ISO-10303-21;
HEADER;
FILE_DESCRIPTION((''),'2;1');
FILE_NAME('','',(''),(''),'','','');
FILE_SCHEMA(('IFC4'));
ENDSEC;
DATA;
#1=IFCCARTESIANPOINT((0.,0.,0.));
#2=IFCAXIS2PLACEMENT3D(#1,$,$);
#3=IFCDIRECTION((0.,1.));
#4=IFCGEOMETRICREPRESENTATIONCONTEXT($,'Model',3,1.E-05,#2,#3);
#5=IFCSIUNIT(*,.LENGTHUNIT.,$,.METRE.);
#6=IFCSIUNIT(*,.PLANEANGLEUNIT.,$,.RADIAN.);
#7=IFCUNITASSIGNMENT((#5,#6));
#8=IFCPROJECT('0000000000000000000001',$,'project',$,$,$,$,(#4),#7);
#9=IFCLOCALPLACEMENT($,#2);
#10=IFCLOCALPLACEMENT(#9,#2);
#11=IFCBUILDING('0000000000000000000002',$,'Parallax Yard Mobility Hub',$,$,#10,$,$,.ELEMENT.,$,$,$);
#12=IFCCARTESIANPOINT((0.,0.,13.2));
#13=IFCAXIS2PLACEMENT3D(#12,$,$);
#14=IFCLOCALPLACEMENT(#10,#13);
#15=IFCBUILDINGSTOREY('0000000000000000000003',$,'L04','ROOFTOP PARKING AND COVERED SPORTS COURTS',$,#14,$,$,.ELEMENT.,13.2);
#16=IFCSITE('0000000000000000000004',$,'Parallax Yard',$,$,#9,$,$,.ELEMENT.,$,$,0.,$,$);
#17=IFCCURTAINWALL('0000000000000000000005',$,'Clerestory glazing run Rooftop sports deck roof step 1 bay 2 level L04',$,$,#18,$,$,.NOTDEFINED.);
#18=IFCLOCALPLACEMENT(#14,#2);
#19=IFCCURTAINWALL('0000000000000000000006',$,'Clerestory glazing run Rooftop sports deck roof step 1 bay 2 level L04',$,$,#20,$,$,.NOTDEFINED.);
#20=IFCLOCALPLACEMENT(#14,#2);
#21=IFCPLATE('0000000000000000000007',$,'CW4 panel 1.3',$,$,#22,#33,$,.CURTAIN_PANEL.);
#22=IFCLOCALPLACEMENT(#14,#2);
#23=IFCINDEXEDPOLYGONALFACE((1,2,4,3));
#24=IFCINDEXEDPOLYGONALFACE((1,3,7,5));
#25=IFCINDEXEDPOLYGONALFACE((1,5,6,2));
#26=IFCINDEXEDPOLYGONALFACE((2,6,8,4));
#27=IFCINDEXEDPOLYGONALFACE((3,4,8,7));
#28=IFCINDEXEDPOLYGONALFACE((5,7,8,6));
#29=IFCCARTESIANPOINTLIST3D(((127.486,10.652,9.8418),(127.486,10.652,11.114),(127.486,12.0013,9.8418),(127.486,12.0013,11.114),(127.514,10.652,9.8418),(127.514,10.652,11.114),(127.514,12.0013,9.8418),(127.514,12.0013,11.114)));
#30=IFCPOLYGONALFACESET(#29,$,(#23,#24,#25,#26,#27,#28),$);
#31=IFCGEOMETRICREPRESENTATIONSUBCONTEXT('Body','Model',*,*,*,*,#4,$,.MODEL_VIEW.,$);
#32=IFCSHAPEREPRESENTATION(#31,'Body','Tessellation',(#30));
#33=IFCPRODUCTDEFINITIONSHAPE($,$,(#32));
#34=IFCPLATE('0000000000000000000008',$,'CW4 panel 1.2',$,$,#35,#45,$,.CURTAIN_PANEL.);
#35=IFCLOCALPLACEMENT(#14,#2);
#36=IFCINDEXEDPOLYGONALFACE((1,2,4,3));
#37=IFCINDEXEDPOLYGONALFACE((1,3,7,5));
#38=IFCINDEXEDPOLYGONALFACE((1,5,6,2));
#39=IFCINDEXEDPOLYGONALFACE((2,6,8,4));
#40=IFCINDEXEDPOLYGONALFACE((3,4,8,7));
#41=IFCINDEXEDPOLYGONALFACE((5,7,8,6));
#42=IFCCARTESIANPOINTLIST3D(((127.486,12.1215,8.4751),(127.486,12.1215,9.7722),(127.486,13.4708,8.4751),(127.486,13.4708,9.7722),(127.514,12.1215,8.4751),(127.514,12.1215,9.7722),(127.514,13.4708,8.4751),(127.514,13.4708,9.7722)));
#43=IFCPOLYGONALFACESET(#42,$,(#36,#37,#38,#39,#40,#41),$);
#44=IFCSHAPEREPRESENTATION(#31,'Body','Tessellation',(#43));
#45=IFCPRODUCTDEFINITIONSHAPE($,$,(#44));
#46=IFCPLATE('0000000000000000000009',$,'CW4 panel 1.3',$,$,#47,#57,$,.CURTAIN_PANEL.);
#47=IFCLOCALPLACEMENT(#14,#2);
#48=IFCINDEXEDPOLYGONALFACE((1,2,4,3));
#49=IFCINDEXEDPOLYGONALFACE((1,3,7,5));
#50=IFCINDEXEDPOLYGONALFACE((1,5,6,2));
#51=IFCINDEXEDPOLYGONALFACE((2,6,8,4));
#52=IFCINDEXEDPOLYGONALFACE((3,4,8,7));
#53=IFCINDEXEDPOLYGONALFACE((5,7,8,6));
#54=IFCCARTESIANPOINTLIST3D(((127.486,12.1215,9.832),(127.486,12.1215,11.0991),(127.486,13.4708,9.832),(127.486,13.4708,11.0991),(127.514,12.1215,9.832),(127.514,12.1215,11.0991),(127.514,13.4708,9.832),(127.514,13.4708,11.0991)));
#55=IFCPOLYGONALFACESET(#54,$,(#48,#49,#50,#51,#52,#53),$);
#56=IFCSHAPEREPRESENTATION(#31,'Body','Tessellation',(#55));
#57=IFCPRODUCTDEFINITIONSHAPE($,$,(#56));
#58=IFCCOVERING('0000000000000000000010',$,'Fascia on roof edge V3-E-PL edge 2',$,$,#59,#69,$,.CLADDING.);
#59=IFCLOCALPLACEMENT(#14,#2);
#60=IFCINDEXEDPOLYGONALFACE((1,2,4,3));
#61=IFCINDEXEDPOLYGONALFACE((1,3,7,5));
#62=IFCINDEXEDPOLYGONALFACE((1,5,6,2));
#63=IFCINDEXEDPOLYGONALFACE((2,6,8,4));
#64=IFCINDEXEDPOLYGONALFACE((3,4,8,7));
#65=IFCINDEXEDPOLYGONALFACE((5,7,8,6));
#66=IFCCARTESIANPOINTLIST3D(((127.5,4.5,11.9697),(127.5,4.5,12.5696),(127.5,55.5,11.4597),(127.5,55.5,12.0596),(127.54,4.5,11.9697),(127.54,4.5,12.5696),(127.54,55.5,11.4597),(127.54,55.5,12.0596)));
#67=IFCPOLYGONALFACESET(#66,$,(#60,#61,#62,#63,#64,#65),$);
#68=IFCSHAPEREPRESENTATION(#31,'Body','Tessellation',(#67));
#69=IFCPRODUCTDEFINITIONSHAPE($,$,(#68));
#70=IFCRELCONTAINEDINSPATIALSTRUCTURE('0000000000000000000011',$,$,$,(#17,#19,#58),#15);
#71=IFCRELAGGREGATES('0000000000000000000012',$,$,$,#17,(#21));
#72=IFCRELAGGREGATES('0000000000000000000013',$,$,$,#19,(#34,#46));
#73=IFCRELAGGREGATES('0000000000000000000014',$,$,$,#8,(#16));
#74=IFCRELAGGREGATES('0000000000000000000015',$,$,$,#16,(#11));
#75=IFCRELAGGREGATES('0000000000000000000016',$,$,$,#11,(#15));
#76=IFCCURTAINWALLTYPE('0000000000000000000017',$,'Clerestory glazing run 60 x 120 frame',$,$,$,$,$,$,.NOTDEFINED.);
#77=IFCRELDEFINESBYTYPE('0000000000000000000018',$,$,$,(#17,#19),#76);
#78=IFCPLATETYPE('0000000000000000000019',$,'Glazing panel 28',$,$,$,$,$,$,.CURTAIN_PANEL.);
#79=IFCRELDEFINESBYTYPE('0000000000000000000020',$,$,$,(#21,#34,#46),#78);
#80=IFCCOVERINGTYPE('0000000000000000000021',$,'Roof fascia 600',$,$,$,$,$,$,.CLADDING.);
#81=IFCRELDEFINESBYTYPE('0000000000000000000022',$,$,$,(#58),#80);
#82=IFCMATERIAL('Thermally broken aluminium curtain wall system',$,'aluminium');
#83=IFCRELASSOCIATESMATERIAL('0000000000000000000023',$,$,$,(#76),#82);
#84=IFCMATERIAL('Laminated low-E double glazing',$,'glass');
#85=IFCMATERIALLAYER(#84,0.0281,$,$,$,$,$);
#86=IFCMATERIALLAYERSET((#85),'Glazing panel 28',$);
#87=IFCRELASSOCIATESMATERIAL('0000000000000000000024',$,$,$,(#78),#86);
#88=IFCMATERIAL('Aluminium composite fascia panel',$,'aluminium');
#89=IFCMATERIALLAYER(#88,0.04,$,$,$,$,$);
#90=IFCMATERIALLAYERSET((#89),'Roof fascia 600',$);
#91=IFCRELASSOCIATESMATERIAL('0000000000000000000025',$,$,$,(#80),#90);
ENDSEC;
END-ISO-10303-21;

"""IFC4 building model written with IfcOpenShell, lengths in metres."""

from ifc_helpers import new_model, si_unit, direction, frame, origin, origin_2d, place, context, subcontext, project, spatial, polyline, rectangle, outline, extrude, material, layer, layer_set, type_object, element, aggregate, save


model = new_model("IFC4")

# Units and contexts
model_context = context("Model", 3, precision=1e-05, world=origin(), true_north=direction((0.0, 1.0)))
body_context = subcontext(model_context, "Body", "Model", "MODEL_VIEW")
ifc_project = project(units=[si_unit("LENGTHUNIT", "METRE"), si_unit("PLANEANGLEUNIT", "RADIAN")], contexts=[model_context])

# Site, building, storey
site_placement = place(None, origin())
site = spatial("IfcSite", under=ifc_project, at=site_placement, Name="Parallax Yard", CompositionType="ELEMENT", RefElevation=0.0)
building_placement = place(site_placement, origin())
building = spatial("IfcBuilding", under=site, at=building_placement, Name="Parallax Yard Mobility Hub", CompositionType="ELEMENT")
storey_placement = place(building_placement, frame((0.0, 0.0, 13.2)))
storey = spatial("IfcBuildingStorey", under=building, at=storey_placement, Name="L04", Description="ROOFTOP PARKING AND COVERED SPORTS COURTS", CompositionType="ELEMENT", Elevation=13.2)

# Shared definitions
ifc_material_1 = material(Name="Thermally broken aluminium curtain wall system", Category="aluminium")
curtain_wall_type = type_object("IfcCurtainWallType", Name="Clerestory glazing run 60 x 120 frame", PredefinedType="NOTDEFINED", material=ifc_material_1)

# Curtain walls
curtain_wall_1_placement = place(storey_placement, origin())
curtain_wall_1 = element("IfcCurtainWall", 1, at=curtain_wall_1_placement, inside=storey, type_object=curtain_wall_type, Name="Clerestory glazing run Rooftop sports deck roof step 1 bay 2 level L04", PredefinedType="NOTDEFINED")
curtain_wall_2_placement = place(storey_placement, origin())
curtain_wall_2 = element("IfcCurtainWall", 2, at=curtain_wall_2_placement, inside=storey, type_object=curtain_wall_type, Name="Clerestory glazing run Rooftop sports deck roof step 1 bay 2 level L04", PredefinedType="NOTDEFINED")

# Plates
ifc_material_2 = material(Name="Laminated low-E double glazing", Category="glass")
ifc_layer_1 = layer(ifc_material_2, 0.0281)
ifc_layer_set_1 = layer_set([ifc_layer_1], Name="Glazing panel 28")
plate_type = type_object("IfcPlateType", Name="Glazing panel 28", PredefinedType="CURTAIN_PANEL", material=ifc_layer_set_1)
plate_1_placement = place(storey_placement, frame((127.5, 11.3267, 9.8418), z_axis=(0.0, 0.0, 1.0), x_axis=(0.0, 1.0, 0.0)))
plate_1 = element("IfcPlate", 3, at=plate_1_placement, type_object=plate_type, Name="CW4 panel 1.3", PredefinedType="CURTAIN_PANEL", context=body_context, shape_type="SweptSolid", body=[
    extrude(rectangle(XDim=1.3494, YDim=0.0281, at=origin_2d()), origin(), (0.0, 0.0, 1.0), 1.2722),
])
aggregate(curtain_wall_1, [plate_1])
plate_2_placement = place(storey_placement, frame((127.5, 12.7961, 8.4751), z_axis=(0.0, 0.0, 1.0), x_axis=(0.0, 1.0, 0.0)))
plate_2 = element("IfcPlate", 4, at=plate_2_placement, type_object=plate_type, Name="CW4 panel 1.2", PredefinedType="CURTAIN_PANEL", context=body_context, shape_type="SweptSolid", body=[
    extrude(rectangle(XDim=1.3494, YDim=0.0281, at=origin_2d()), origin(), (0.0, 0.0, 1.0), 1.2971),
])
plate_3_placement = place(storey_placement, frame((127.5, 12.7961, 9.832), z_axis=(0.0, 0.0, 1.0), x_axis=(0.0, 1.0, 0.0)))
plate_3 = element("IfcPlate", 5, at=plate_3_placement, type_object=plate_type, Name="CW4 panel 1.3", PredefinedType="CURTAIN_PANEL", context=body_context, shape_type="SweptSolid", body=[
    extrude(rectangle(XDim=1.3494, YDim=0.0281, at=origin_2d()), origin(), (0.0, 0.0, 1.0), 1.2671),
])
aggregate(curtain_wall_2, [plate_2, plate_3])

# Covering
ifc_material_3 = material(Name="Aluminium composite fascia panel", Category="aluminium")
ifc_layer_2 = layer(ifc_material_3, 0.04)
ifc_layer_set_2 = layer_set([ifc_layer_2], Name="Roof fascia 600")
covering_type = type_object("IfcCoveringType", Name="Roof fascia 600", PredefinedType="CLADDING", material=ifc_layer_set_2)
covering_placement = place(storey_placement, frame((127.5, 4.5, 12.5696), z_axis=(-1.0, 0.0, 0.0), x_axis=(0.0, 0.99995, -0.01)))
element("IfcCovering", 6, at=covering_placement, inside=storey, type_object=covering_type, Name="Fascia on roof edge V3-E-PL edge 2", PredefinedType="CLADDING", context=body_context, shape_type="SweptSolid", body=[
    extrude(outline(polyline([(0.0, 0.0), (51.0026, 0.0), (51.0085, 0.5998), (0.006, 0.5998), (0.0, 0.0)])), origin(), (0.0, 0.0, -1.0), 0.04),
])

save(model, "model.ifc")
